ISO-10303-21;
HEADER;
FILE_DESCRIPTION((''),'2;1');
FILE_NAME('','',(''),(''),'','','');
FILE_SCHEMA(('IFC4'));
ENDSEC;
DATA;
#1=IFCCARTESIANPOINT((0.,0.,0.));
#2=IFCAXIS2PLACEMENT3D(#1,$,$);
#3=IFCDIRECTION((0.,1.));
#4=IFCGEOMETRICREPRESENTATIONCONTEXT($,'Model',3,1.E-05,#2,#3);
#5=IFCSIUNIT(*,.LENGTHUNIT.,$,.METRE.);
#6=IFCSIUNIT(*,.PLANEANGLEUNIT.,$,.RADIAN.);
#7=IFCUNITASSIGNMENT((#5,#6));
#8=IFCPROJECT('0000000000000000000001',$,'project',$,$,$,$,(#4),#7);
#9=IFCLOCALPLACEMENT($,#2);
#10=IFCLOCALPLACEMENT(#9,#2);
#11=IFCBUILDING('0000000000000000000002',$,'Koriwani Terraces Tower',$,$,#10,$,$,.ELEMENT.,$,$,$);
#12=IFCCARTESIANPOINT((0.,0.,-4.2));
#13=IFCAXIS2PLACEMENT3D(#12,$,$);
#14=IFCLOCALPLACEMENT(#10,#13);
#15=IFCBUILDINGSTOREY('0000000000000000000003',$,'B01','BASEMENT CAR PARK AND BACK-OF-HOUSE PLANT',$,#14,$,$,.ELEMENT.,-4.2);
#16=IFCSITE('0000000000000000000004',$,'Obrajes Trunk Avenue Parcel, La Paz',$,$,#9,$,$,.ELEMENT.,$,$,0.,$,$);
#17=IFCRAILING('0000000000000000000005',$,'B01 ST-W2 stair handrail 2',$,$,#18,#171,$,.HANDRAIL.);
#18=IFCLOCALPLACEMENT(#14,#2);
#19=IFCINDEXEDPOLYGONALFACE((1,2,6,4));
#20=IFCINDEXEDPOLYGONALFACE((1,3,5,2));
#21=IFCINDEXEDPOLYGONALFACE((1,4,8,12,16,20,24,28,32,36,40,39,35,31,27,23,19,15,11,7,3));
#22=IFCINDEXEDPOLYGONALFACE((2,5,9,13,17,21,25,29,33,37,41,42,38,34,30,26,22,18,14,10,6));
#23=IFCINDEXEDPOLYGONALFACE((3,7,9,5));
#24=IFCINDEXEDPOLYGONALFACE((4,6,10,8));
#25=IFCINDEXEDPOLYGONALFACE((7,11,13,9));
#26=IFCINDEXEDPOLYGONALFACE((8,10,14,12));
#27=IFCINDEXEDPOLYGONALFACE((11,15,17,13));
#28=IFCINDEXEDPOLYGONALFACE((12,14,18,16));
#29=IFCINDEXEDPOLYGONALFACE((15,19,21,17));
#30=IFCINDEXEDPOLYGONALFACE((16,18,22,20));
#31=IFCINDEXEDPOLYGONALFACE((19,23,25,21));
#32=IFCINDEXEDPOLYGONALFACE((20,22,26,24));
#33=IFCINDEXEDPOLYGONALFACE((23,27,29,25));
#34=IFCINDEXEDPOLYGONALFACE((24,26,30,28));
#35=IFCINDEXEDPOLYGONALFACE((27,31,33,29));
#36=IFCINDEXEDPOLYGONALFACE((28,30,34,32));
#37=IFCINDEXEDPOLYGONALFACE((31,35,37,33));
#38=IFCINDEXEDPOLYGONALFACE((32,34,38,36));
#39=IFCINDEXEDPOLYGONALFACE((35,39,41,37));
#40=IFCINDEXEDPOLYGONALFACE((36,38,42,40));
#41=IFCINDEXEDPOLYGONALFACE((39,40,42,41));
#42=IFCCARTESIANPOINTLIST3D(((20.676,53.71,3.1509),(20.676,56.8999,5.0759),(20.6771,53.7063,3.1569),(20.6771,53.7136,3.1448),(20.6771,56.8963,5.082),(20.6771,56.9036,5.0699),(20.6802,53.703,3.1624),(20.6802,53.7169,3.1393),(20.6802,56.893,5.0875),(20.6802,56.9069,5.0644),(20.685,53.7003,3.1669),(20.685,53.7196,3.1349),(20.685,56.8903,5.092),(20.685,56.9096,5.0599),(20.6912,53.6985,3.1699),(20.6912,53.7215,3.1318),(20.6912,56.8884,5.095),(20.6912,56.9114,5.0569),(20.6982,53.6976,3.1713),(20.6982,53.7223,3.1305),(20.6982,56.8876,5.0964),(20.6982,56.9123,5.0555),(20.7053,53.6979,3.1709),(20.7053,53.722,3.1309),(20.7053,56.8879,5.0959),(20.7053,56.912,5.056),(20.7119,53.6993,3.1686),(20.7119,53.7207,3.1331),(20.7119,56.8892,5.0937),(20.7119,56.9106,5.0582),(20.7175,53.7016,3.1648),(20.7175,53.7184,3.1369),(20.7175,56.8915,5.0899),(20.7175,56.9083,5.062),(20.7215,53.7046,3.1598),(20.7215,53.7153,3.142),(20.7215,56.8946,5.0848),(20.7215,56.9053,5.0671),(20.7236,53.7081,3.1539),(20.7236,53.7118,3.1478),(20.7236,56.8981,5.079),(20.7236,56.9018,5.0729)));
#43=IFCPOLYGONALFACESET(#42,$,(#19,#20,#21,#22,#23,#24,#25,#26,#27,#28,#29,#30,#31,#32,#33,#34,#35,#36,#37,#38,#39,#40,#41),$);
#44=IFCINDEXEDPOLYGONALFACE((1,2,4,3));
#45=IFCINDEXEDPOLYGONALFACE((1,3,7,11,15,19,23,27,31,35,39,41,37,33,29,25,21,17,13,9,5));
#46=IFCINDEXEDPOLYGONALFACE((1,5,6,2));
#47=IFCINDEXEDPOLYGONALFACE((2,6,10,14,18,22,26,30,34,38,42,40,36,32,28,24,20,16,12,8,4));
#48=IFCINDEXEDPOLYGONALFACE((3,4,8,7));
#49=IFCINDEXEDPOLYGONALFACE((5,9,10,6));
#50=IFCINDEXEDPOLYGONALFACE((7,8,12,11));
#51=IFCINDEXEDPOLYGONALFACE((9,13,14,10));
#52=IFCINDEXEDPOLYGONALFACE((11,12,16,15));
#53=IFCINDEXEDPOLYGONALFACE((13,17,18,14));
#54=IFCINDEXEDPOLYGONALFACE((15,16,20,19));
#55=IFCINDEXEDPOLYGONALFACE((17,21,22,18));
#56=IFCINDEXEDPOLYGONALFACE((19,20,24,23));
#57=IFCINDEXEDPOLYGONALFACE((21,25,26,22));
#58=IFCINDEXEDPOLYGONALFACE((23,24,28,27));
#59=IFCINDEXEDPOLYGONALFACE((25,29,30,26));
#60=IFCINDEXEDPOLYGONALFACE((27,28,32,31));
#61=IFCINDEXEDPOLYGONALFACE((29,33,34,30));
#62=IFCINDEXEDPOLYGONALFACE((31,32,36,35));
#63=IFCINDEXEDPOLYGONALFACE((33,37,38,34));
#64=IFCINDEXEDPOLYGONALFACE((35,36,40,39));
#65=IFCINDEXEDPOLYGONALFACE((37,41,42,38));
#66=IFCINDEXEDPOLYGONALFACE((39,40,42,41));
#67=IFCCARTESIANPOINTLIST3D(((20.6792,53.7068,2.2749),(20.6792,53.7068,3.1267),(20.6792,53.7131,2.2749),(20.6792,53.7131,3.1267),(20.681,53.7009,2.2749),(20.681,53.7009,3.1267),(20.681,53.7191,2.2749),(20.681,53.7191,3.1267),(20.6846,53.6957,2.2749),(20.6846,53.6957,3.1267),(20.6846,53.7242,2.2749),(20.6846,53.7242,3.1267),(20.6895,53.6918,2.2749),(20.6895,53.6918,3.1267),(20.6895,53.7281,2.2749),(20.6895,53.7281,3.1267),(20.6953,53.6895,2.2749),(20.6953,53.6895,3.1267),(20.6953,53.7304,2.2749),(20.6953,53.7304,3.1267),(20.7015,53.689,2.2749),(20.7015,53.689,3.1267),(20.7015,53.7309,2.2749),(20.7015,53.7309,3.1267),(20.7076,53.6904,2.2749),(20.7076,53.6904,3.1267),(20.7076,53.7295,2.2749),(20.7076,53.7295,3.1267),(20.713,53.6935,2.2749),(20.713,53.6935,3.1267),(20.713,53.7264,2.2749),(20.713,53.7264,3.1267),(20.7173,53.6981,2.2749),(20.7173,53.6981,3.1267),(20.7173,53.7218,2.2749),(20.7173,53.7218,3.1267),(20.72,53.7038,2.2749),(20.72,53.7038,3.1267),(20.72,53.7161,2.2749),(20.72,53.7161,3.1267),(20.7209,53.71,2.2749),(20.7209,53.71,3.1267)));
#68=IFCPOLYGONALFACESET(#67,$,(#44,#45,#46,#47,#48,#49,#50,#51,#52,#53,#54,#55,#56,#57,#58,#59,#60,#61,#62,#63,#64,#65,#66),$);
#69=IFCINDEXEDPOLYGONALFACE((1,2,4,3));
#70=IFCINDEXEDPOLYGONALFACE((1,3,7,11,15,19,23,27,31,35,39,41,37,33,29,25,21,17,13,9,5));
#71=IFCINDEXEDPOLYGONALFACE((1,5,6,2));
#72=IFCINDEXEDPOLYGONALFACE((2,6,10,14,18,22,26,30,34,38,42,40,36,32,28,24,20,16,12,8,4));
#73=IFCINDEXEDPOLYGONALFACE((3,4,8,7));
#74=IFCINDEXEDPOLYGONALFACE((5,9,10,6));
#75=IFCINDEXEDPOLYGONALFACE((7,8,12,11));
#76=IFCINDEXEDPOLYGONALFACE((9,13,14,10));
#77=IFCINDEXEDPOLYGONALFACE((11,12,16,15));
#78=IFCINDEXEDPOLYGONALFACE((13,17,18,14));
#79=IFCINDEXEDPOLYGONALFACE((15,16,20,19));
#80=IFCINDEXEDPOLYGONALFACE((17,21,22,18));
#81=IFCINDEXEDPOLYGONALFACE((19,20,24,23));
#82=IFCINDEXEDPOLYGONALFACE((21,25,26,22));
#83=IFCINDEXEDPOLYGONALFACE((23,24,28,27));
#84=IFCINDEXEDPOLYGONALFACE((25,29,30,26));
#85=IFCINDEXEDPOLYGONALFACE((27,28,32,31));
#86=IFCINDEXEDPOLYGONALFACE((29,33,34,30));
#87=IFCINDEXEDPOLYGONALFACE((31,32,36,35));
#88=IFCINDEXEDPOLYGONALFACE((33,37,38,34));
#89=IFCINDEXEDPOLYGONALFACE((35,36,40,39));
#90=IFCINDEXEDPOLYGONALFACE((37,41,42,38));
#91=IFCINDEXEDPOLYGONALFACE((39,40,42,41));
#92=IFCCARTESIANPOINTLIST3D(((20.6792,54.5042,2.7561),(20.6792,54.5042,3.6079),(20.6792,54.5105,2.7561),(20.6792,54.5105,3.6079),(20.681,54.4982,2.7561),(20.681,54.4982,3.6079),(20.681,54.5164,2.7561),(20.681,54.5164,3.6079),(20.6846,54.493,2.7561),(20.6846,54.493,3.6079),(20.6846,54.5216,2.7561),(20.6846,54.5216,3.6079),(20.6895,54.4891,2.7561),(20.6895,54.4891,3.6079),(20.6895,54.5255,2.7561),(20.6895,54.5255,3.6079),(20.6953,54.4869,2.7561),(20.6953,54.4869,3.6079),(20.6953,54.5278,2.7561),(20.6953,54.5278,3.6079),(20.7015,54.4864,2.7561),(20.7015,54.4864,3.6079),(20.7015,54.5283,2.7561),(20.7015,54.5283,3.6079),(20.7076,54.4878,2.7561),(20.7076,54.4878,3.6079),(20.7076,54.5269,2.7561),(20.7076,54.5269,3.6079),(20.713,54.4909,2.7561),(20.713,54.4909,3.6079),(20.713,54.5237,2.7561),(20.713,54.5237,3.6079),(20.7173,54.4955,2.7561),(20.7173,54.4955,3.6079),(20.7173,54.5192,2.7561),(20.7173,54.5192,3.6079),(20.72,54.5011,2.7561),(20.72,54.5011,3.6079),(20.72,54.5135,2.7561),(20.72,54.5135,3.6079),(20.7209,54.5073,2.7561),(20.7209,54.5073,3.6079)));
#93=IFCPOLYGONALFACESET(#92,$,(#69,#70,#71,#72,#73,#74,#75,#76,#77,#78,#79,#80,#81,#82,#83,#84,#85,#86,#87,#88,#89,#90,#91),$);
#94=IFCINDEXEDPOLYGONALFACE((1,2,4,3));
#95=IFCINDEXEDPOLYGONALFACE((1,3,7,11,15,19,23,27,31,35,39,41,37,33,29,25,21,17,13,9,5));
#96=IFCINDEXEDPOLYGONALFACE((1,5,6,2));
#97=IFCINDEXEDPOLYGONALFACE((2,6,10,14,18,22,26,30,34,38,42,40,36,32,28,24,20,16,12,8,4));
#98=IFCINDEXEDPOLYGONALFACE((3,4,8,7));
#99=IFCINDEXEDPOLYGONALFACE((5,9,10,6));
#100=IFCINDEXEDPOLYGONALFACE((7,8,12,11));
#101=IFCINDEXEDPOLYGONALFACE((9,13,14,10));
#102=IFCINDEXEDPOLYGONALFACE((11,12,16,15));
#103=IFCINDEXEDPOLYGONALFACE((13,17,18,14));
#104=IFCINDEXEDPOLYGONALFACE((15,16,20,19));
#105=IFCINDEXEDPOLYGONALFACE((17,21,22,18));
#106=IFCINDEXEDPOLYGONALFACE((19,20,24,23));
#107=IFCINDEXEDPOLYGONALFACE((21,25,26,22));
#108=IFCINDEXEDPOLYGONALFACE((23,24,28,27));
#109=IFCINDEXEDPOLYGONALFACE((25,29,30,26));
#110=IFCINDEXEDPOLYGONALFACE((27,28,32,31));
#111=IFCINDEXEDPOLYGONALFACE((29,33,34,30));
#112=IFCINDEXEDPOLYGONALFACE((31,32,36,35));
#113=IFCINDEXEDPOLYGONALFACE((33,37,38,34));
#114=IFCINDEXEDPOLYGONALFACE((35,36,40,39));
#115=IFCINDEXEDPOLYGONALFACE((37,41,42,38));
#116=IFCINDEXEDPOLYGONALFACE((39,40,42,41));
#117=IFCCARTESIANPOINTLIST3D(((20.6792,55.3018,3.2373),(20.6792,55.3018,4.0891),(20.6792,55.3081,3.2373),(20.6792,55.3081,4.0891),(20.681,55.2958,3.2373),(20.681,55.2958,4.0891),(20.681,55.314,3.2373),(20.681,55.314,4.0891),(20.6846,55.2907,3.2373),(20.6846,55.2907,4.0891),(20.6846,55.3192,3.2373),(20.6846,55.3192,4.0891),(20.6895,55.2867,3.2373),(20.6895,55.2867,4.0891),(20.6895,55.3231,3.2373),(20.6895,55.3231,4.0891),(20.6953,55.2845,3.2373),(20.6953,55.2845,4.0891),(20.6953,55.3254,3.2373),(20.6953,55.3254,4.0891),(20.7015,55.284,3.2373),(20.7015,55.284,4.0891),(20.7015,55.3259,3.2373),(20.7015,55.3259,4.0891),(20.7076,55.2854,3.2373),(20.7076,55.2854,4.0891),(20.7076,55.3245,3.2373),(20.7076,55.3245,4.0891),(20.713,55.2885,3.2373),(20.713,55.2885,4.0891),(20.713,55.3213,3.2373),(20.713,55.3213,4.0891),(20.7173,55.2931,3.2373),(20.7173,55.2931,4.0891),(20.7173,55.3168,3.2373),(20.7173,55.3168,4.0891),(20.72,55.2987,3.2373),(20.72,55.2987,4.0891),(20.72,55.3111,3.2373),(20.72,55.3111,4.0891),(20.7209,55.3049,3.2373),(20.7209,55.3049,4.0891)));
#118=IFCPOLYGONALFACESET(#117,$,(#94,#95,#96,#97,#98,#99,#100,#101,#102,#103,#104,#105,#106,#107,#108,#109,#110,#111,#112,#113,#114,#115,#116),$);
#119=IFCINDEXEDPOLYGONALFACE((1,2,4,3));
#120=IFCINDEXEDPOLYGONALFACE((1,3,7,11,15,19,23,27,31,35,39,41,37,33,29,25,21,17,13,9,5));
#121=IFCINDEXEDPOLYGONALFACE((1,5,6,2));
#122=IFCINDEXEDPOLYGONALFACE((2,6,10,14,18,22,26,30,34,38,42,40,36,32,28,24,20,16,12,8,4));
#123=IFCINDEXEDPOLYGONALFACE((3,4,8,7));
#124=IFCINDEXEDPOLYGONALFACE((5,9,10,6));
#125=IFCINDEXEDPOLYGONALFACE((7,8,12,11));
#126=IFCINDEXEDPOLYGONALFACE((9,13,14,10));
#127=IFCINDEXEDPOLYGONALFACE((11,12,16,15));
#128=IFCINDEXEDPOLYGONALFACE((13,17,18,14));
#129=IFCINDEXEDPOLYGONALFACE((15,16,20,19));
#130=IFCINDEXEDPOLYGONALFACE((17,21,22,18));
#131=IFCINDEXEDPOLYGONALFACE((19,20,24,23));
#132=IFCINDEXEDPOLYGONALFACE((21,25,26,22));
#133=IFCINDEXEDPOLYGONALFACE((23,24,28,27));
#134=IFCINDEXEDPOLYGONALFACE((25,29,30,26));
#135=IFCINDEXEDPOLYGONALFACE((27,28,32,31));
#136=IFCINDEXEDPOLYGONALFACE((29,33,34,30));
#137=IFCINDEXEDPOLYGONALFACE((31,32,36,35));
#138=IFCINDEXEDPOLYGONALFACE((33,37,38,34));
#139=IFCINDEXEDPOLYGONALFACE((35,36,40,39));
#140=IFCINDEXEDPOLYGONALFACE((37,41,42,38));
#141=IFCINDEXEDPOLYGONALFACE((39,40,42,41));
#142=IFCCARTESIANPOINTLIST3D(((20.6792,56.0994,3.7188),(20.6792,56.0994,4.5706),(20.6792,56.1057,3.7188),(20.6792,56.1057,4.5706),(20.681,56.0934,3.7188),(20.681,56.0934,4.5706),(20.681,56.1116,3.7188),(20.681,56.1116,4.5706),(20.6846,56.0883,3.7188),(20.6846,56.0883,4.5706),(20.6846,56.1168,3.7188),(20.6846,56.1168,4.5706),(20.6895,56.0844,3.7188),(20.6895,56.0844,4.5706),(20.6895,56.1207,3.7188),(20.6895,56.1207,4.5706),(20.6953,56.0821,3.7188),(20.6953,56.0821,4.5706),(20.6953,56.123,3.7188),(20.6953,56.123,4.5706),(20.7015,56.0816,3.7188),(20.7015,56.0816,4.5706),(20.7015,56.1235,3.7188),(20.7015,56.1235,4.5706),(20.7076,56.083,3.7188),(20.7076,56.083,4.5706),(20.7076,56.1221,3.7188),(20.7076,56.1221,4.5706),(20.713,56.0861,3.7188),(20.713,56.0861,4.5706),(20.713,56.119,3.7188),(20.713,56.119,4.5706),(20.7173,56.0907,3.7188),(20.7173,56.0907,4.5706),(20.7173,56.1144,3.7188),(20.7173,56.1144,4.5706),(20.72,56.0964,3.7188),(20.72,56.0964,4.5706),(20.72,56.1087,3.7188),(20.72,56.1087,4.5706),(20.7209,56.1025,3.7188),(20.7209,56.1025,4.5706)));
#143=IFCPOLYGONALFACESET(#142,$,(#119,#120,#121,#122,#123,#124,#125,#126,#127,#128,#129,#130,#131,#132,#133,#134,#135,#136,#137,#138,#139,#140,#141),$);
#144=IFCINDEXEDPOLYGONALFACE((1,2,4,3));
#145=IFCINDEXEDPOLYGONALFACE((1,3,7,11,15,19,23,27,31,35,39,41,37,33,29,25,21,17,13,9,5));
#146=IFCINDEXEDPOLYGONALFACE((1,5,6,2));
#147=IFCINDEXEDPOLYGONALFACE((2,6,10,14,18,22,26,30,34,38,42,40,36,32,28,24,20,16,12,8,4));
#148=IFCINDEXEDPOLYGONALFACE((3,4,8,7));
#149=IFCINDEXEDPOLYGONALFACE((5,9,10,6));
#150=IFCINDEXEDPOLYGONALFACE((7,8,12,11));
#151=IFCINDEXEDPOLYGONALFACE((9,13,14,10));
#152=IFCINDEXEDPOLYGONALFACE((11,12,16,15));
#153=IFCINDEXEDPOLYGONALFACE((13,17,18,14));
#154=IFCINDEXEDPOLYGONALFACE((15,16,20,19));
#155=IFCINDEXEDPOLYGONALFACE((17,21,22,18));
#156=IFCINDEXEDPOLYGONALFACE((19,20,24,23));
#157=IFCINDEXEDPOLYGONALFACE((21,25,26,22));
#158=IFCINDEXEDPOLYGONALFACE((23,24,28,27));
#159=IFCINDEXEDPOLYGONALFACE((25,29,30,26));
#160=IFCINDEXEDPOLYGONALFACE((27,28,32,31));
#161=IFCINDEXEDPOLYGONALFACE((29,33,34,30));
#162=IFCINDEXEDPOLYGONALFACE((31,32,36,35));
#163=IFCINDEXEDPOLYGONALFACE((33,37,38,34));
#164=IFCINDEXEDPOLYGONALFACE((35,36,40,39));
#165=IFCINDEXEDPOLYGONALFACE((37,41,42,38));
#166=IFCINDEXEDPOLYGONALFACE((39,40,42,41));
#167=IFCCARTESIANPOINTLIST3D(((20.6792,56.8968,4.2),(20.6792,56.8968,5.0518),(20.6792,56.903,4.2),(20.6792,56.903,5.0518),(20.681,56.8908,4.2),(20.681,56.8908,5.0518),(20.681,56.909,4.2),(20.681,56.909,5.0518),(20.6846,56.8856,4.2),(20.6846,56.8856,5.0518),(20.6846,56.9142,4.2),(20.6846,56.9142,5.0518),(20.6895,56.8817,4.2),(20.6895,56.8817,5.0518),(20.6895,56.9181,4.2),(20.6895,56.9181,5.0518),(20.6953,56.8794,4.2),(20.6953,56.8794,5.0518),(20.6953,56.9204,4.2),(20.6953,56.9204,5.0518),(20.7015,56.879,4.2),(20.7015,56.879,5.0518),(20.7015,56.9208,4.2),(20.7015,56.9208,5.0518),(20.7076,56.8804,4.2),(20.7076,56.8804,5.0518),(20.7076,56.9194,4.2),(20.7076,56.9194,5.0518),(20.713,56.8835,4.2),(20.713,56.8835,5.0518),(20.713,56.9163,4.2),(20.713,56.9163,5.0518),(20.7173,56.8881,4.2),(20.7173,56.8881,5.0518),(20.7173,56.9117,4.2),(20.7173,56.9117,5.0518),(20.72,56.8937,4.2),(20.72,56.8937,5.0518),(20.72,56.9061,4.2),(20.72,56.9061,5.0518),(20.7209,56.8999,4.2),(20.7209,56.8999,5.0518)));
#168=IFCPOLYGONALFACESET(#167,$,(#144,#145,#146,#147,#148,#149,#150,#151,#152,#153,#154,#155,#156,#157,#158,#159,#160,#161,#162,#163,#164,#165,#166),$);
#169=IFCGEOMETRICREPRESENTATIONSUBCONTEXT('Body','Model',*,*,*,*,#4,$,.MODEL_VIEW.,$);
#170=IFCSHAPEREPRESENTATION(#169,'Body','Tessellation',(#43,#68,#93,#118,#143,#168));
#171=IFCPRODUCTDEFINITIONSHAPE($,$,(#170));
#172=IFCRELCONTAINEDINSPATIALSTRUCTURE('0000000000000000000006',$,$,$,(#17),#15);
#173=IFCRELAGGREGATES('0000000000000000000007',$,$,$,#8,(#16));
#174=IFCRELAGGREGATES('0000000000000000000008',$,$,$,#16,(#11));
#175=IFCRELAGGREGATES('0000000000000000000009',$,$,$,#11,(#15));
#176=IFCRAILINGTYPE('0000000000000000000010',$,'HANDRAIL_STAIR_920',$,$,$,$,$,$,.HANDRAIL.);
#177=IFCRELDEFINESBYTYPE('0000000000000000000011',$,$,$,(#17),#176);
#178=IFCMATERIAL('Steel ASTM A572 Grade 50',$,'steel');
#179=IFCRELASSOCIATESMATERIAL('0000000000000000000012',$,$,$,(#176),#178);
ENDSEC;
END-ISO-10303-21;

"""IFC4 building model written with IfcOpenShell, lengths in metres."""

from ifc_helpers import new_model, si_unit, direction, frame, origin, origin_2d, place, context, subcontext, project, spatial, circle, extrude, material, type_object, element, save


model = new_model("IFC4")

# Units and contexts
model_context = context("Model", 3, precision=1e-05, world=origin(), true_north=direction((0.0, 1.0)))
body_context = subcontext(model_context, "Body", "Model", "MODEL_VIEW")
ifc_project = project(units=[si_unit("LENGTHUNIT", "METRE"), si_unit("PLANEANGLEUNIT", "RADIAN")], contexts=[model_context])

# Site, building, storey
site_placement = place(None, origin())
site = spatial("IfcSite", under=ifc_project, at=site_placement, Name="Obrajes Trunk Avenue Parcel, La Paz", CompositionType="ELEMENT", RefElevation=0.0)
building_placement = place(site_placement, origin())
building = spatial("IfcBuilding", under=site, at=building_placement, Name="Koriwani Terraces Tower", CompositionType="ELEMENT")
storey_placement = place(building_placement, frame((0.0, 0.0, -4.2)))
storey = spatial("IfcBuildingStorey", under=building, at=storey_placement, Name="B01", Description="BASEMENT CAR PARK AND BACK-OF-HOUSE PLANT", CompositionType="ELEMENT", Elevation=-4.2)

# Shared definitions
ifc_material_1 = material(Name="Steel ASTM A572 Grade 50", Category="steel")

# Railing
railing_type_1 = type_object("IfcRailingType", Name="HANDRAIL_STAIR_920", PredefinedType="HANDRAIL", material=ifc_material_1)
railing_1_placement = place(storey_placement, frame((20.7, 53.71, 2.2749)))
element("IfcRailing", 1, at=railing_1_placement, inside=storey, type_object=railing_type_1, Name="B01 ST-W2 stair handrail 2", PredefinedType="HANDRAIL", context=body_context, shape_type="SweptSolid", body=[
    extrude(circle(Radius=0.0239, at=origin_2d()), frame((0.0, 0.0, 0.876), z_axis=(0.0, 0.856178, 0.516682), x_axis=(-1.0, 0.0, 0.0)), (0.0, 0.0, 1.0), 3.7258),
    extrude(circle(Radius=0.021, at=origin_2d()), origin(), (0.0, 0.0, 1.0), 0.8518),
    extrude(circle(Radius=0.021, at=origin_2d()), frame((0.0, 0.7974, 0.4812)), (0.0, 0.0, 1.0), 0.8518),
    extrude(circle(Radius=0.021, at=origin_2d()), frame((0.0, 1.595, 0.9624)), (0.0, 0.0, 1.0), 0.8518),
    extrude(circle(Radius=0.021, at=origin_2d()), frame((0.0, 2.3926, 1.4438)), (0.0, 0.0, 1.0), 0.8518),
    extrude(circle(Radius=0.021, at=origin_2d()), frame((0.0, 3.1899, 1.925)), (0.0, 0.0, 1.0), 0.8518),
])

save(model, "model.ifc")
